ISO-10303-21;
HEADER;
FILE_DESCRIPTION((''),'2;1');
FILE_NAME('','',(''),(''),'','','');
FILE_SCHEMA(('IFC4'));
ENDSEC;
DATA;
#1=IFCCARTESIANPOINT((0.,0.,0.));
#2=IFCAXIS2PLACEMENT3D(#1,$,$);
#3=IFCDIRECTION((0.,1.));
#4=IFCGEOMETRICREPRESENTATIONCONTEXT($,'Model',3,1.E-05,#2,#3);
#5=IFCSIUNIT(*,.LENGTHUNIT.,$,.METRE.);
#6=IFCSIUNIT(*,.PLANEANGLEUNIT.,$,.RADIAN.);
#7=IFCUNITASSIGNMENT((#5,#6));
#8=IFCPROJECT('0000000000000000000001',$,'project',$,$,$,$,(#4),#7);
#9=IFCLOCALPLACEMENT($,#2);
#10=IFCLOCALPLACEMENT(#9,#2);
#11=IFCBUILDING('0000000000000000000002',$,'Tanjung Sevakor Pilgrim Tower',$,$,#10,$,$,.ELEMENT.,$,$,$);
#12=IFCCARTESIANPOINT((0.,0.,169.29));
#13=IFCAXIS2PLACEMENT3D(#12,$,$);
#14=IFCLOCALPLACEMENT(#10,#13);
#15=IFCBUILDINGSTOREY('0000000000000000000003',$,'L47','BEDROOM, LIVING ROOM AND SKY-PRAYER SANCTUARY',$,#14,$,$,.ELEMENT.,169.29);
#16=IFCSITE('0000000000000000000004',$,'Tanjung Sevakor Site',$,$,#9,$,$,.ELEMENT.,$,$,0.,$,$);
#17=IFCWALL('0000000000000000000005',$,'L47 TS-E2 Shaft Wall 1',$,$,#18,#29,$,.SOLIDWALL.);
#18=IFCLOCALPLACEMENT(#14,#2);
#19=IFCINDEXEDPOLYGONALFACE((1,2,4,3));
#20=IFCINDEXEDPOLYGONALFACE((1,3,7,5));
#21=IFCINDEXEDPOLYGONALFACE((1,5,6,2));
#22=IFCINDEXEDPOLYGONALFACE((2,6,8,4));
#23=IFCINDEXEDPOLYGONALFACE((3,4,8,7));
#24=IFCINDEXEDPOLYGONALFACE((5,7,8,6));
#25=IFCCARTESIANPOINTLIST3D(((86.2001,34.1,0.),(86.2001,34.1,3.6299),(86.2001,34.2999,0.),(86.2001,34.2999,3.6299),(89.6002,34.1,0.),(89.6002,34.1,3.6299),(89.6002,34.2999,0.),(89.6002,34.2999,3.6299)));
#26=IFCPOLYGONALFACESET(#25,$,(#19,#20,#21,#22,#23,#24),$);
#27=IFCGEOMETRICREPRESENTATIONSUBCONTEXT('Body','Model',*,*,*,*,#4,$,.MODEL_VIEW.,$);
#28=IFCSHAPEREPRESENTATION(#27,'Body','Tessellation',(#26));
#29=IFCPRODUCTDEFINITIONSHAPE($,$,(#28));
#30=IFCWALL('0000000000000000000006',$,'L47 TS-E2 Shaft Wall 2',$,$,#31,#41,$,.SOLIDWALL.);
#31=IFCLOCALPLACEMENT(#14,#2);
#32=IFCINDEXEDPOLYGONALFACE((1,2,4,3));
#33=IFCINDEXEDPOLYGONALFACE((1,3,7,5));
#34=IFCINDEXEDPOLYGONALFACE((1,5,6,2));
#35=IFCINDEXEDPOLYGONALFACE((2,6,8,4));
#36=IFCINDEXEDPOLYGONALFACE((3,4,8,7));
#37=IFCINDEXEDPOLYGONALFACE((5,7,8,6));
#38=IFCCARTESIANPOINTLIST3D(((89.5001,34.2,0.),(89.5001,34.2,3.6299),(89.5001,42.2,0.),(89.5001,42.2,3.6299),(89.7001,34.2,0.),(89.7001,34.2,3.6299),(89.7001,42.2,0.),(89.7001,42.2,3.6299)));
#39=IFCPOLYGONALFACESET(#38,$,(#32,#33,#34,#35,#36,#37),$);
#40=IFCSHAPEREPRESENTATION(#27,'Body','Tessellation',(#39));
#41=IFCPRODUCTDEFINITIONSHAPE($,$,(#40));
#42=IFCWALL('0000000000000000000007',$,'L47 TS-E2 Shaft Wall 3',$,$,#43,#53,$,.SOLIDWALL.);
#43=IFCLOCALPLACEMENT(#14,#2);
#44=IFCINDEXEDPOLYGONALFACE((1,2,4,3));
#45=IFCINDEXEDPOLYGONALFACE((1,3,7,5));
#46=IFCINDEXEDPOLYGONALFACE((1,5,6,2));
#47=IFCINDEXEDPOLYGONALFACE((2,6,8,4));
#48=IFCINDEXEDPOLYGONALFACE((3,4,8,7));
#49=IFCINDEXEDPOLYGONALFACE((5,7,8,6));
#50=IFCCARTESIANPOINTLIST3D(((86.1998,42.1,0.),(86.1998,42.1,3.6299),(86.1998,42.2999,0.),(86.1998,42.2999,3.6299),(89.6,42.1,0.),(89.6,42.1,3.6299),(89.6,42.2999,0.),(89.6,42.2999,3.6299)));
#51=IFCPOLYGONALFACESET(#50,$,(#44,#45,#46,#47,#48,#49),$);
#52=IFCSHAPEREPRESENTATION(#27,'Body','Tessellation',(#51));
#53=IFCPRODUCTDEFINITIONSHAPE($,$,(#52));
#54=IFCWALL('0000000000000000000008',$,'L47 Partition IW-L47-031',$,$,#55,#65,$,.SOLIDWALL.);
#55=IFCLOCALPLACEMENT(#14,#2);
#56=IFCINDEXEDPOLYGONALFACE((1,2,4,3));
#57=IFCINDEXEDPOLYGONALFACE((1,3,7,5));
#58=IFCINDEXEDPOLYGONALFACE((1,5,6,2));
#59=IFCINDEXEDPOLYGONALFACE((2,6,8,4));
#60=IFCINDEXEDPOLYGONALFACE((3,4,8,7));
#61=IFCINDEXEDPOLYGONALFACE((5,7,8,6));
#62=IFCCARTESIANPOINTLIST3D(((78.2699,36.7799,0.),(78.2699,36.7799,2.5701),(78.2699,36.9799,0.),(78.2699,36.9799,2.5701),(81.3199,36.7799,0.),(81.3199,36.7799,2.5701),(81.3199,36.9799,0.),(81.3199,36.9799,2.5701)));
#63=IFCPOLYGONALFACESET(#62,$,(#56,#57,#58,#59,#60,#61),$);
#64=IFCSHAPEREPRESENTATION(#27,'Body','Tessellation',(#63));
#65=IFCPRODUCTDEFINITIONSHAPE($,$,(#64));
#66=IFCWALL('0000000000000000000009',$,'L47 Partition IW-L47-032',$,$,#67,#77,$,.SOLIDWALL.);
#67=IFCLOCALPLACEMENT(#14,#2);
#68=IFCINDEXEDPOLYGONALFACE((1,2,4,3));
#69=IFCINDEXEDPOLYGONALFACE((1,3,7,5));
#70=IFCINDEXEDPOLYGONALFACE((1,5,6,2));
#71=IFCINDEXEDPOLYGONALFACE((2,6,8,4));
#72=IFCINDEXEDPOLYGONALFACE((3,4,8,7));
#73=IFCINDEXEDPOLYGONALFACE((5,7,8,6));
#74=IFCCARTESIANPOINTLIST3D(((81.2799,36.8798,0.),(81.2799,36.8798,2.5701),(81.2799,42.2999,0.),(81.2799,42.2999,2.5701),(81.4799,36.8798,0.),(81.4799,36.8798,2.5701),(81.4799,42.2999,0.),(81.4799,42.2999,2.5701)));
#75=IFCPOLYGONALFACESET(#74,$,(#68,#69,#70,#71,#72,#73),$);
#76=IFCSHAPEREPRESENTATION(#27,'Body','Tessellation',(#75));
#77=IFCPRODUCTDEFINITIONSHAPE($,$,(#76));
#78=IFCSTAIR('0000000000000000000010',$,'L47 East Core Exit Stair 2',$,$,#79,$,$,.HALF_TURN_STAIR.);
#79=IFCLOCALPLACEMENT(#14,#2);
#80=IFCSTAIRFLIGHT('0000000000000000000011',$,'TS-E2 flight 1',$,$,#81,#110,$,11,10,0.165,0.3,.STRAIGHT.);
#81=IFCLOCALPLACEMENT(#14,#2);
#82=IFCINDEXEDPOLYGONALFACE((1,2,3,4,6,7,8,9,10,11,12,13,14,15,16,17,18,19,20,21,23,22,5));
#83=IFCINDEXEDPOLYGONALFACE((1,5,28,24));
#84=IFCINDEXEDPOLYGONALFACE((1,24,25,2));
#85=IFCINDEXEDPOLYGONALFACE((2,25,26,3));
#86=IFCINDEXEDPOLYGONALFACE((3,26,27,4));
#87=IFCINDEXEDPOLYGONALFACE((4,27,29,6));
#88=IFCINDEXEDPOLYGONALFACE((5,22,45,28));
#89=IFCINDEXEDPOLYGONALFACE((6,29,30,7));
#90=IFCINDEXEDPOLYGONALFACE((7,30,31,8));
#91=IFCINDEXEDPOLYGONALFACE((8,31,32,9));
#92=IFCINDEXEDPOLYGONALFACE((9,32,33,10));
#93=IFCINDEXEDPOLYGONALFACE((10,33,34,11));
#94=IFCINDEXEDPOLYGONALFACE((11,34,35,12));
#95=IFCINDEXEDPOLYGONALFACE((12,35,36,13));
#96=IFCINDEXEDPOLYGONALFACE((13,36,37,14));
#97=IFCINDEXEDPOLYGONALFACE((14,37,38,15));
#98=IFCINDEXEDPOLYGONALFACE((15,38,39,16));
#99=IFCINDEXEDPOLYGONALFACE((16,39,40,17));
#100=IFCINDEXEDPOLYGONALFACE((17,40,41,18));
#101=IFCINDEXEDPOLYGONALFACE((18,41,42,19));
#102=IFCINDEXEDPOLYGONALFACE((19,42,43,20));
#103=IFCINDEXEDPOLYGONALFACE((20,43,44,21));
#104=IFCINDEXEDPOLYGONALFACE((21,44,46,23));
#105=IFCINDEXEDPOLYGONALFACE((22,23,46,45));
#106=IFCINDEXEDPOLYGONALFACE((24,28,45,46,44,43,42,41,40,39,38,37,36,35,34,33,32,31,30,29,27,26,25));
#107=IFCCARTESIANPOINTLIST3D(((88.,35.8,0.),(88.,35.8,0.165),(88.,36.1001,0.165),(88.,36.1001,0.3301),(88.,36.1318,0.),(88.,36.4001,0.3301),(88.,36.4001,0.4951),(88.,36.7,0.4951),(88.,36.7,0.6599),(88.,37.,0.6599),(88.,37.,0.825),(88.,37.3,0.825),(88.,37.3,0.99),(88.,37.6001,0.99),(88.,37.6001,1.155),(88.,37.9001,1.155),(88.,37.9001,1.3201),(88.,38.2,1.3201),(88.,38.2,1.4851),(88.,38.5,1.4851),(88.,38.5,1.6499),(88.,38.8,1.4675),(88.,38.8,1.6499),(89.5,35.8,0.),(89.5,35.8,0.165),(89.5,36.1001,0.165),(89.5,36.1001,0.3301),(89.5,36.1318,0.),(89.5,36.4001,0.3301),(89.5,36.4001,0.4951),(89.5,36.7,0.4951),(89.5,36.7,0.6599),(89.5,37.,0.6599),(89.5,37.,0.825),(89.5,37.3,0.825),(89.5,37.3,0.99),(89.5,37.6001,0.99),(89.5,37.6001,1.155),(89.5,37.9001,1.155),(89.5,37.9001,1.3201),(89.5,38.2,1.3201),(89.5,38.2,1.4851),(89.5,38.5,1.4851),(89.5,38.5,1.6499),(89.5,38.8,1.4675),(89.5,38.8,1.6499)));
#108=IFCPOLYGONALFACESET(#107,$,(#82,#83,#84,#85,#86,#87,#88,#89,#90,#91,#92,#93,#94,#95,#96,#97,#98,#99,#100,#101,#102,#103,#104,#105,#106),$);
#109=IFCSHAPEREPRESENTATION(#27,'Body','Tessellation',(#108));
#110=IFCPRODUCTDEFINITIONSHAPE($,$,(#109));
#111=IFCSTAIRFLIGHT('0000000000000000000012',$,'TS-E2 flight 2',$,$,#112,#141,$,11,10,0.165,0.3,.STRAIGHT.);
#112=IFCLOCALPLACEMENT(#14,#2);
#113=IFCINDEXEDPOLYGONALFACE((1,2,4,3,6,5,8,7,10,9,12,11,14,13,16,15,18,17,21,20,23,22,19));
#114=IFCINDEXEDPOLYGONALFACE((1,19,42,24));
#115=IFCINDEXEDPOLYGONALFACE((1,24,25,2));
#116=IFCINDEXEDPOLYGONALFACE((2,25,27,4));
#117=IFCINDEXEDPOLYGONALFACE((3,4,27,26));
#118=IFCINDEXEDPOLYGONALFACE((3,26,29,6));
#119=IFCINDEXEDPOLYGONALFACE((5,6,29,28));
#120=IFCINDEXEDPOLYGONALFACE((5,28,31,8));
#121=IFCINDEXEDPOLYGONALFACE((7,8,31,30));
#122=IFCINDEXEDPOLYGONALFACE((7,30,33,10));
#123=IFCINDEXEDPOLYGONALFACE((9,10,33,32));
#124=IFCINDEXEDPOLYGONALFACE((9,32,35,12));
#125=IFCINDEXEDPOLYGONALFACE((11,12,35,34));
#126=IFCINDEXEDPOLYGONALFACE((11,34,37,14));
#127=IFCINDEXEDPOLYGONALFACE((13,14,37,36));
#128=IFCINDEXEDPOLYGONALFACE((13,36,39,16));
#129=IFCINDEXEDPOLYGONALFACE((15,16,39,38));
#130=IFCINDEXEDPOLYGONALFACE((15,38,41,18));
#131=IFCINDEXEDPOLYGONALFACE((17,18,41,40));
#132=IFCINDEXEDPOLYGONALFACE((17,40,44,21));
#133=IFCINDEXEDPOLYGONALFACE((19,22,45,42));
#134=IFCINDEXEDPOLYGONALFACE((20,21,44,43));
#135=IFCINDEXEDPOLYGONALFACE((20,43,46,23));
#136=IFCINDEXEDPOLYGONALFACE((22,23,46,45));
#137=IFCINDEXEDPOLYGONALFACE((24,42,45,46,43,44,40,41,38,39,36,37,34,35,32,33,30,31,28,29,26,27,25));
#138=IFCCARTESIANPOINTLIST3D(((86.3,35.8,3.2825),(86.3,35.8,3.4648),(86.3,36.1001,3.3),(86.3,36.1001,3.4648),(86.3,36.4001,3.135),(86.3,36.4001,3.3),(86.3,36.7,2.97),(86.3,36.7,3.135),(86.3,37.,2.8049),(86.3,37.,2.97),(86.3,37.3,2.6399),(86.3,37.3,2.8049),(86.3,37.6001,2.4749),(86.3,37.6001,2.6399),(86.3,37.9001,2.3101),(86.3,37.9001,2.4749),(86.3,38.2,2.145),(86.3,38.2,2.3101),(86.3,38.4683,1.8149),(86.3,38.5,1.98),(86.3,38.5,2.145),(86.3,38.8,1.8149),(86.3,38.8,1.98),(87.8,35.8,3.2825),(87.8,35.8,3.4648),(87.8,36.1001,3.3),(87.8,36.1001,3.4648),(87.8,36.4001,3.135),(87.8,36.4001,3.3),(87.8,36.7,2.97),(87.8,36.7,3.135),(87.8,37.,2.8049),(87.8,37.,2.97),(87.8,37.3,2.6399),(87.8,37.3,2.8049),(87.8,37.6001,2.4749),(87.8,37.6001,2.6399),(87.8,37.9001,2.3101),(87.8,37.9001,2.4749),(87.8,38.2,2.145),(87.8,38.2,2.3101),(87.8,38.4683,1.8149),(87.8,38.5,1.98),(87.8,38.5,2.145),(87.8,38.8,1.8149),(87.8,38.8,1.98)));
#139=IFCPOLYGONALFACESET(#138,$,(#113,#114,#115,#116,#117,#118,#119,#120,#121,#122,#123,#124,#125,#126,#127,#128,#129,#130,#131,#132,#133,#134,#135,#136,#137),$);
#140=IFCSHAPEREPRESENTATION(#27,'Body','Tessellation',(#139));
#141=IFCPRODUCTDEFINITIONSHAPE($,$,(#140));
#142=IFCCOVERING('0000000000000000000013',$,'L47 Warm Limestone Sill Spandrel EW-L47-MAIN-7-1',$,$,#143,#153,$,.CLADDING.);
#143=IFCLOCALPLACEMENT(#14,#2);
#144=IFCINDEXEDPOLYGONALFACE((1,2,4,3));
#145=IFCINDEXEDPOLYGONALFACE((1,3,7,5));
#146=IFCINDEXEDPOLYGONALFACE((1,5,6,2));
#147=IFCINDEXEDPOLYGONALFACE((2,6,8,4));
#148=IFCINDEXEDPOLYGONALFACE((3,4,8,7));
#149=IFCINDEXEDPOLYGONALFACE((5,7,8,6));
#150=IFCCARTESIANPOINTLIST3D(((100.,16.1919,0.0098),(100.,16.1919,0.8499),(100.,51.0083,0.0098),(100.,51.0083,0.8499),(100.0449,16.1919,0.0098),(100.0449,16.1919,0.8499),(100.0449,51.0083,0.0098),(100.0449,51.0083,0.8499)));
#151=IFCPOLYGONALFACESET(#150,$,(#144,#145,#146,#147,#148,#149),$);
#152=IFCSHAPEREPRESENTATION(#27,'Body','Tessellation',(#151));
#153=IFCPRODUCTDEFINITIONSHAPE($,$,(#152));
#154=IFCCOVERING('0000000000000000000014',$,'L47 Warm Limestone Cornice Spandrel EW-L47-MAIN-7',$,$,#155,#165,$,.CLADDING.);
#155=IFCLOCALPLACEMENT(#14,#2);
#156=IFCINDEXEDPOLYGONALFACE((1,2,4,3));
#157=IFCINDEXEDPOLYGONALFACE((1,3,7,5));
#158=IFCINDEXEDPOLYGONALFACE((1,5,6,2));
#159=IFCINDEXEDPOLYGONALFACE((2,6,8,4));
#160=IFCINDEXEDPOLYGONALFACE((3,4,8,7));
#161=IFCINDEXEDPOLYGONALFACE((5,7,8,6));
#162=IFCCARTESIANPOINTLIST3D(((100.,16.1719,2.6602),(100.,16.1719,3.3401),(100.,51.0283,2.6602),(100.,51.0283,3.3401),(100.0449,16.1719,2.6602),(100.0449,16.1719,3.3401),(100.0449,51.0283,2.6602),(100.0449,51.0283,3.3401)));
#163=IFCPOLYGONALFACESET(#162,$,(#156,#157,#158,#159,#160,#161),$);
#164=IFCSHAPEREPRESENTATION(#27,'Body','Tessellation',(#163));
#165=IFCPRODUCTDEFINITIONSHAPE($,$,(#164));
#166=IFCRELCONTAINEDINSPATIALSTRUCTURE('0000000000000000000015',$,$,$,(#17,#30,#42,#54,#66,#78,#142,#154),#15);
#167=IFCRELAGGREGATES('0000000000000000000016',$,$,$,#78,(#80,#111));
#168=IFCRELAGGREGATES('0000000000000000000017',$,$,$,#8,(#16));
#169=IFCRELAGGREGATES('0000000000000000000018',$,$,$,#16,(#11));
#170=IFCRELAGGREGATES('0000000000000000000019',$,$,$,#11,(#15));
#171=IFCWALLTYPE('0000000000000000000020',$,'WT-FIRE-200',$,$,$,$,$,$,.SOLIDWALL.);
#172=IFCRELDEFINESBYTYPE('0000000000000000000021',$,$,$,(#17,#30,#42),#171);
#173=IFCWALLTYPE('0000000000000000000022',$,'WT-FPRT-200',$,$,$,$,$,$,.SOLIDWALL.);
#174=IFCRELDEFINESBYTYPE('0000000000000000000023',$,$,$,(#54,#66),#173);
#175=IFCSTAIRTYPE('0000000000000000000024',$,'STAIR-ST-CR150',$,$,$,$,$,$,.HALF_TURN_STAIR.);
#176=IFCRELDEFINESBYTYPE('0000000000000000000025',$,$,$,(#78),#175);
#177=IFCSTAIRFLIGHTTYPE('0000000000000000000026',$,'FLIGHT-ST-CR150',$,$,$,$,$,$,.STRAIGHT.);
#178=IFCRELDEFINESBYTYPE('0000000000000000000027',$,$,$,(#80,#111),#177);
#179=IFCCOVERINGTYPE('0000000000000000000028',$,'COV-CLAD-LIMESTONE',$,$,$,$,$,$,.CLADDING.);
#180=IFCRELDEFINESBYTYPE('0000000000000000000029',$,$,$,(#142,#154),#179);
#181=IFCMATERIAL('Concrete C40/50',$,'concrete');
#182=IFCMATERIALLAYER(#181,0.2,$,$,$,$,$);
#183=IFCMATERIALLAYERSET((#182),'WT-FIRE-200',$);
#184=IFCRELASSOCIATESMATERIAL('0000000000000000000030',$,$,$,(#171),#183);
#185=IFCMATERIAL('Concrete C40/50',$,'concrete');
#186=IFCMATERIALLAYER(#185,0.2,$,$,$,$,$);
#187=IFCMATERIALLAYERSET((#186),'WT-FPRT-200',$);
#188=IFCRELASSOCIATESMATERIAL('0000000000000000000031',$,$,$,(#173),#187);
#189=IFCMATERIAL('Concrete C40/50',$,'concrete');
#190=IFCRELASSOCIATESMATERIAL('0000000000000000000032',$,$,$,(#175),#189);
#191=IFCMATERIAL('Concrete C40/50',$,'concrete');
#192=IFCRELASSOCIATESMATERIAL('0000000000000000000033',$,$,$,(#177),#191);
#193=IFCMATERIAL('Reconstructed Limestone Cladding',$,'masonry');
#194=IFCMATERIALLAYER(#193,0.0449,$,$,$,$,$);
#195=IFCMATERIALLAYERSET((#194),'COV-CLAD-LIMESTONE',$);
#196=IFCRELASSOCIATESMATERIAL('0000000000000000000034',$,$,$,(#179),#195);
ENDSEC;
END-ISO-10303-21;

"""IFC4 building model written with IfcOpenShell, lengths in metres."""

from ifc_helpers import new_model, si_unit, direction, frame, frame_2d, origin, origin_2d, place, context, subcontext, project, spatial, polyline, rectangle, outline, extrude, material, layer, layer_set, type_object, element, aggregate, save


model = new_model("IFC4")

# Units and contexts
model_context = context("Model", 3, precision=1e-05, world=origin(), true_north=direction((0.0, 1.0)))
body_context = subcontext(model_context, "Body", "Model", "MODEL_VIEW")
ifc_project = project(units=[si_unit("LENGTHUNIT", "METRE"), si_unit("PLANEANGLEUNIT", "RADIAN")], contexts=[model_context])

# Site, building, storey
site_placement = place(None, origin())
site = spatial("IfcSite", under=ifc_project, at=site_placement, Name="Tanjung Sevakor Site", CompositionType="ELEMENT", RefElevation=0.0)
building_placement = place(site_placement, origin())
building = spatial("IfcBuilding", under=site, at=building_placement, Name="Tanjung Sevakor Pilgrim Tower", CompositionType="ELEMENT")
storey_placement = place(building_placement, frame((0.0, 0.0, 169.29)))
storey = spatial("IfcBuildingStorey", under=building, at=storey_placement, Name="L47", Description="BEDROOM, LIVING ROOM AND SKY-PRAYER SANCTUARY", CompositionType="ELEMENT", Elevation=169.29)

# Walls
ifc_material_1 = material(Name="Concrete C40/50", Category="concrete")
ifc_layer_1 = layer(ifc_material_1, 0.2)
ifc_layer_set_1 = layer_set([ifc_layer_1], Name="WT-FIRE-200")
wall_type_1 = type_object("IfcWallType", Name="WT-FIRE-200", PredefinedType="SOLIDWALL", material=ifc_layer_set_1)
wall_1_placement = place(storey_placement, frame((86.2, 34.2, 0.0), z_axis=(0.0, 0.0, 1.0), x_axis=(1.0, 0.0, 0.0)))
element("IfcWall", 1, at=wall_1_placement, inside=storey, type_object=wall_type_1, Name="L47 TS-E2 Shaft Wall 1", PredefinedType="SOLIDWALL", context=body_context, shape_type="SweptSolid", body=[
    extrude(rectangle(XDim=3.4001, YDim=0.2, at=frame_2d((1.7002, 0.0))), origin(), (0.0, 0.0, 1.0), 3.6299),
])
wall_2_placement = place(storey_placement, frame((89.6001, 34.2, 0.0), z_axis=(0.0, 0.0, 1.0), x_axis=(0.0, 1.0, 0.0)))
element("IfcWall", 2, at=wall_2_placement, inside=storey, type_object=wall_type_1, Name="L47 TS-E2 Shaft Wall 2", PredefinedType="SOLIDWALL", context=body_context, shape_type="SweptSolid", body=[
    extrude(rectangle(XDim=8.0, YDim=0.2, at=frame_2d((4.0, 0.0))), origin(), (0.0, 0.0, 1.0), 3.6299),
])
wall_3_placement = place(storey_placement, frame((89.6001, 42.2, 0.0), z_axis=(0.0, 0.0, 1.0), x_axis=(-1.0, 0.0, 0.0)))
element("IfcWall", 3, at=wall_3_placement, inside=storey, type_object=wall_type_1, Name="L47 TS-E2 Shaft Wall 3", PredefinedType="SOLIDWALL", context=body_context, shape_type="SweptSolid", body=[
    extrude(rectangle(XDim=3.4001, YDim=0.2, at=frame_2d((1.7002, 0.0))), origin(), (0.0, 0.0, 1.0), 3.6299),
])
ifc_material_2 = material(Name="Concrete C40/50", Category="concrete")
ifc_layer_2 = layer(ifc_material_2, 0.2)
ifc_layer_set_2 = layer_set([ifc_layer_2], Name="WT-FPRT-200")
wall_type_2 = type_object("IfcWallType", Name="WT-FPRT-200", PredefinedType="SOLIDWALL", material=ifc_layer_set_2)
wall_4_placement = place(storey_placement, frame((78.27, 36.8799, 0.0), z_axis=(0.0, 0.0, 1.0), x_axis=(1.0, 0.0, 0.0)))
element("IfcWall", 4, at=wall_4_placement, inside=storey, type_object=wall_type_2, Name="L47 Partition IW-L47-031", PredefinedType="SOLIDWALL", context=body_context, shape_type="SweptSolid", body=[
    extrude(rectangle(XDim=3.05, YDim=0.2, at=frame_2d((1.5249, 0.0))), origin(), (0.0, 0.0, 1.0), 2.5701),
])
wall_5_placement = place(storey_placement, frame((81.3799, 36.8799, 0.0), z_axis=(0.0, 0.0, 1.0), x_axis=(0.0, 1.0, 0.0)))
element("IfcWall", 5, at=wall_5_placement, inside=storey, type_object=wall_type_2, Name="L47 Partition IW-L47-032", PredefinedType="SOLIDWALL", context=body_context, shape_type="SweptSolid", body=[
    extrude(rectangle(XDim=5.4202, YDim=0.2, at=frame_2d((2.71, 0.0))), origin(), (0.0, 0.0, 1.0), 2.5701),
])

# Stair, stair flights
ifc_material_3 = material(Name="Concrete C40/50", Category="concrete")
stair_type = type_object("IfcStairType", Name="STAIR-ST-CR150", PredefinedType="HALF_TURN_STAIR", material=ifc_material_3)
stair_placement = place(storey_placement, origin())
stair = element("IfcStair", 6, at=stair_placement, inside=storey, type_object=stair_type, Name="L47 East Core Exit Stair 2", PredefinedType="HALF_TURN_STAIR")
ifc_material_4 = material(Name="Concrete C40/50", Category="concrete")
stair_flight_type = type_object("IfcStairFlightType", Name="FLIGHT-ST-CR150", PredefinedType="STRAIGHT", material=ifc_material_4)
stair_flight_1_placement = place(storey_placement, frame((88.75, 35.8, 0.0), z_axis=(0.0, 0.0, 1.0), x_axis=(0.0, 1.0, 0.0)))
stair_flight_1 = element("IfcStairFlight", 7, at=stair_flight_1_placement, type_object=stair_flight_type, Name="TS-E2 flight 1", NumberOfRisers=11, NumberOfTreads=10, PredefinedType="STRAIGHT", RiserHeight=0.165, TreadLength=0.3, context=body_context, shape_type="SweptSolid", body=[
    extrude(outline(polyline([(0.0, 0.0), (0.0, 0.165), (0.3, 0.165), (0.3, 0.3301), (0.6001, 0.3301), (0.6001, 0.4951), (0.8999, 0.4951), (0.8999, 0.6599), (1.2, 0.6599), (1.2, 0.825), (1.5, 0.825), (1.5, 0.99), (1.8, 0.99), (1.8, 1.155), (2.1001, 1.155), (2.1001, 1.3201), (2.3999, 1.3201), (2.3999, 1.4851), (2.7, 1.4851), (2.7, 1.6499), (3.0, 1.6499), (3.0, 1.8149), (3.0, 1.4675), (0.3318, 0.0), (0.0, 0.0)])), frame((0.0, 0.75, 0.0), z_axis=(0.0, -1.0, 0.0), x_axis=(1.0, 0.0, 0.0)), (0.0, 0.0, 1.0), 1.5),
])
stair_flight_2_placement = place(storey_placement, frame((87.05, 38.8, 1.8149), z_axis=(0.0, 0.0, 1.0), x_axis=(0.0, -1.0, 0.0)))
stair_flight_2 = element("IfcStairFlight", 8, at=stair_flight_2_placement, type_object=stair_flight_type, Name="TS-E2 flight 2", NumberOfRisers=11, NumberOfTreads=10, PredefinedType="STRAIGHT", RiserHeight=0.165, TreadLength=0.3, context=body_context, shape_type="SweptSolid", body=[
    extrude(outline(polyline([(0.0, 0.0), (0.0, 0.165), (0.3, 0.165), (0.3, 0.3301), (0.6001, 0.3301), (0.6001, 0.4951), (0.8999, 0.4951), (0.8999, 0.6599), (1.2, 0.6599), (1.2, 0.825), (1.5, 0.825), (1.5, 0.99), (1.8, 0.99), (1.8, 1.155), (2.1001, 1.155), (2.1001, 1.3201), (2.3999, 1.3201), (2.3999, 1.4851), (2.7, 1.4851), (2.7, 1.6499), (3.0, 1.6499), (3.0, 1.8149), (3.0, 1.4675), (0.3318, 0.0), (0.0, 0.0)])), frame((0.0, 0.75, 0.0), z_axis=(0.0, -1.0, 0.0), x_axis=(1.0, 0.0, 0.0)), (0.0, 0.0, 1.0), 1.5),
])
aggregate(stair, [stair_flight_1, stair_flight_2])

# Coverings
ifc_material_5 = material(Name="Reconstructed Limestone Cladding", Category="masonry")
ifc_layer_3 = layer(ifc_material_5, 0.0449)
ifc_layer_set_3 = layer_set([ifc_layer_3], Name="COV-CLAD-LIMESTONE")
covering_type = type_object("IfcCoveringType", Name="COV-CLAD-LIMESTONE", PredefinedType="CLADDING", material=ifc_layer_set_3)
covering_1_placement = place(storey_placement, frame((100.0225, 33.6001, 0.0098), z_axis=(0.0, 0.0, 1.0), x_axis=(0.0, 1.0, 0.0)))
element("IfcCovering", 9, at=covering_1_placement, inside=storey, type_object=covering_type, Name="L47 Warm Limestone Sill Spandrel EW-L47-MAIN-7-1", PredefinedType="CLADDING", context=body_context, shape_type="SweptSolid", body=[
    extrude(rectangle(XDim=34.8164, YDim=0.0449, at=origin_2d()), origin(), (0.0, 0.0, 1.0), 0.8401),
])
covering_2_placement = place(storey_placement, frame((100.0225, 33.6001, 2.6602), z_axis=(0.0, 0.0, 1.0), x_axis=(0.0, 1.0, 0.0)))
element("IfcCovering", 10, at=covering_2_placement, inside=storey, type_object=covering_type, Name="L47 Warm Limestone Cornice Spandrel EW-L47-MAIN-7", PredefinedType="CLADDING", context=body_context, shape_type="SweptSolid", body=[
    extrude(rectangle(XDim=34.8564, YDim=0.0449, at=origin_2d()), origin(), (0.0, 0.0, 1.0), 0.6799),
])

save(model, "model.ifc")
